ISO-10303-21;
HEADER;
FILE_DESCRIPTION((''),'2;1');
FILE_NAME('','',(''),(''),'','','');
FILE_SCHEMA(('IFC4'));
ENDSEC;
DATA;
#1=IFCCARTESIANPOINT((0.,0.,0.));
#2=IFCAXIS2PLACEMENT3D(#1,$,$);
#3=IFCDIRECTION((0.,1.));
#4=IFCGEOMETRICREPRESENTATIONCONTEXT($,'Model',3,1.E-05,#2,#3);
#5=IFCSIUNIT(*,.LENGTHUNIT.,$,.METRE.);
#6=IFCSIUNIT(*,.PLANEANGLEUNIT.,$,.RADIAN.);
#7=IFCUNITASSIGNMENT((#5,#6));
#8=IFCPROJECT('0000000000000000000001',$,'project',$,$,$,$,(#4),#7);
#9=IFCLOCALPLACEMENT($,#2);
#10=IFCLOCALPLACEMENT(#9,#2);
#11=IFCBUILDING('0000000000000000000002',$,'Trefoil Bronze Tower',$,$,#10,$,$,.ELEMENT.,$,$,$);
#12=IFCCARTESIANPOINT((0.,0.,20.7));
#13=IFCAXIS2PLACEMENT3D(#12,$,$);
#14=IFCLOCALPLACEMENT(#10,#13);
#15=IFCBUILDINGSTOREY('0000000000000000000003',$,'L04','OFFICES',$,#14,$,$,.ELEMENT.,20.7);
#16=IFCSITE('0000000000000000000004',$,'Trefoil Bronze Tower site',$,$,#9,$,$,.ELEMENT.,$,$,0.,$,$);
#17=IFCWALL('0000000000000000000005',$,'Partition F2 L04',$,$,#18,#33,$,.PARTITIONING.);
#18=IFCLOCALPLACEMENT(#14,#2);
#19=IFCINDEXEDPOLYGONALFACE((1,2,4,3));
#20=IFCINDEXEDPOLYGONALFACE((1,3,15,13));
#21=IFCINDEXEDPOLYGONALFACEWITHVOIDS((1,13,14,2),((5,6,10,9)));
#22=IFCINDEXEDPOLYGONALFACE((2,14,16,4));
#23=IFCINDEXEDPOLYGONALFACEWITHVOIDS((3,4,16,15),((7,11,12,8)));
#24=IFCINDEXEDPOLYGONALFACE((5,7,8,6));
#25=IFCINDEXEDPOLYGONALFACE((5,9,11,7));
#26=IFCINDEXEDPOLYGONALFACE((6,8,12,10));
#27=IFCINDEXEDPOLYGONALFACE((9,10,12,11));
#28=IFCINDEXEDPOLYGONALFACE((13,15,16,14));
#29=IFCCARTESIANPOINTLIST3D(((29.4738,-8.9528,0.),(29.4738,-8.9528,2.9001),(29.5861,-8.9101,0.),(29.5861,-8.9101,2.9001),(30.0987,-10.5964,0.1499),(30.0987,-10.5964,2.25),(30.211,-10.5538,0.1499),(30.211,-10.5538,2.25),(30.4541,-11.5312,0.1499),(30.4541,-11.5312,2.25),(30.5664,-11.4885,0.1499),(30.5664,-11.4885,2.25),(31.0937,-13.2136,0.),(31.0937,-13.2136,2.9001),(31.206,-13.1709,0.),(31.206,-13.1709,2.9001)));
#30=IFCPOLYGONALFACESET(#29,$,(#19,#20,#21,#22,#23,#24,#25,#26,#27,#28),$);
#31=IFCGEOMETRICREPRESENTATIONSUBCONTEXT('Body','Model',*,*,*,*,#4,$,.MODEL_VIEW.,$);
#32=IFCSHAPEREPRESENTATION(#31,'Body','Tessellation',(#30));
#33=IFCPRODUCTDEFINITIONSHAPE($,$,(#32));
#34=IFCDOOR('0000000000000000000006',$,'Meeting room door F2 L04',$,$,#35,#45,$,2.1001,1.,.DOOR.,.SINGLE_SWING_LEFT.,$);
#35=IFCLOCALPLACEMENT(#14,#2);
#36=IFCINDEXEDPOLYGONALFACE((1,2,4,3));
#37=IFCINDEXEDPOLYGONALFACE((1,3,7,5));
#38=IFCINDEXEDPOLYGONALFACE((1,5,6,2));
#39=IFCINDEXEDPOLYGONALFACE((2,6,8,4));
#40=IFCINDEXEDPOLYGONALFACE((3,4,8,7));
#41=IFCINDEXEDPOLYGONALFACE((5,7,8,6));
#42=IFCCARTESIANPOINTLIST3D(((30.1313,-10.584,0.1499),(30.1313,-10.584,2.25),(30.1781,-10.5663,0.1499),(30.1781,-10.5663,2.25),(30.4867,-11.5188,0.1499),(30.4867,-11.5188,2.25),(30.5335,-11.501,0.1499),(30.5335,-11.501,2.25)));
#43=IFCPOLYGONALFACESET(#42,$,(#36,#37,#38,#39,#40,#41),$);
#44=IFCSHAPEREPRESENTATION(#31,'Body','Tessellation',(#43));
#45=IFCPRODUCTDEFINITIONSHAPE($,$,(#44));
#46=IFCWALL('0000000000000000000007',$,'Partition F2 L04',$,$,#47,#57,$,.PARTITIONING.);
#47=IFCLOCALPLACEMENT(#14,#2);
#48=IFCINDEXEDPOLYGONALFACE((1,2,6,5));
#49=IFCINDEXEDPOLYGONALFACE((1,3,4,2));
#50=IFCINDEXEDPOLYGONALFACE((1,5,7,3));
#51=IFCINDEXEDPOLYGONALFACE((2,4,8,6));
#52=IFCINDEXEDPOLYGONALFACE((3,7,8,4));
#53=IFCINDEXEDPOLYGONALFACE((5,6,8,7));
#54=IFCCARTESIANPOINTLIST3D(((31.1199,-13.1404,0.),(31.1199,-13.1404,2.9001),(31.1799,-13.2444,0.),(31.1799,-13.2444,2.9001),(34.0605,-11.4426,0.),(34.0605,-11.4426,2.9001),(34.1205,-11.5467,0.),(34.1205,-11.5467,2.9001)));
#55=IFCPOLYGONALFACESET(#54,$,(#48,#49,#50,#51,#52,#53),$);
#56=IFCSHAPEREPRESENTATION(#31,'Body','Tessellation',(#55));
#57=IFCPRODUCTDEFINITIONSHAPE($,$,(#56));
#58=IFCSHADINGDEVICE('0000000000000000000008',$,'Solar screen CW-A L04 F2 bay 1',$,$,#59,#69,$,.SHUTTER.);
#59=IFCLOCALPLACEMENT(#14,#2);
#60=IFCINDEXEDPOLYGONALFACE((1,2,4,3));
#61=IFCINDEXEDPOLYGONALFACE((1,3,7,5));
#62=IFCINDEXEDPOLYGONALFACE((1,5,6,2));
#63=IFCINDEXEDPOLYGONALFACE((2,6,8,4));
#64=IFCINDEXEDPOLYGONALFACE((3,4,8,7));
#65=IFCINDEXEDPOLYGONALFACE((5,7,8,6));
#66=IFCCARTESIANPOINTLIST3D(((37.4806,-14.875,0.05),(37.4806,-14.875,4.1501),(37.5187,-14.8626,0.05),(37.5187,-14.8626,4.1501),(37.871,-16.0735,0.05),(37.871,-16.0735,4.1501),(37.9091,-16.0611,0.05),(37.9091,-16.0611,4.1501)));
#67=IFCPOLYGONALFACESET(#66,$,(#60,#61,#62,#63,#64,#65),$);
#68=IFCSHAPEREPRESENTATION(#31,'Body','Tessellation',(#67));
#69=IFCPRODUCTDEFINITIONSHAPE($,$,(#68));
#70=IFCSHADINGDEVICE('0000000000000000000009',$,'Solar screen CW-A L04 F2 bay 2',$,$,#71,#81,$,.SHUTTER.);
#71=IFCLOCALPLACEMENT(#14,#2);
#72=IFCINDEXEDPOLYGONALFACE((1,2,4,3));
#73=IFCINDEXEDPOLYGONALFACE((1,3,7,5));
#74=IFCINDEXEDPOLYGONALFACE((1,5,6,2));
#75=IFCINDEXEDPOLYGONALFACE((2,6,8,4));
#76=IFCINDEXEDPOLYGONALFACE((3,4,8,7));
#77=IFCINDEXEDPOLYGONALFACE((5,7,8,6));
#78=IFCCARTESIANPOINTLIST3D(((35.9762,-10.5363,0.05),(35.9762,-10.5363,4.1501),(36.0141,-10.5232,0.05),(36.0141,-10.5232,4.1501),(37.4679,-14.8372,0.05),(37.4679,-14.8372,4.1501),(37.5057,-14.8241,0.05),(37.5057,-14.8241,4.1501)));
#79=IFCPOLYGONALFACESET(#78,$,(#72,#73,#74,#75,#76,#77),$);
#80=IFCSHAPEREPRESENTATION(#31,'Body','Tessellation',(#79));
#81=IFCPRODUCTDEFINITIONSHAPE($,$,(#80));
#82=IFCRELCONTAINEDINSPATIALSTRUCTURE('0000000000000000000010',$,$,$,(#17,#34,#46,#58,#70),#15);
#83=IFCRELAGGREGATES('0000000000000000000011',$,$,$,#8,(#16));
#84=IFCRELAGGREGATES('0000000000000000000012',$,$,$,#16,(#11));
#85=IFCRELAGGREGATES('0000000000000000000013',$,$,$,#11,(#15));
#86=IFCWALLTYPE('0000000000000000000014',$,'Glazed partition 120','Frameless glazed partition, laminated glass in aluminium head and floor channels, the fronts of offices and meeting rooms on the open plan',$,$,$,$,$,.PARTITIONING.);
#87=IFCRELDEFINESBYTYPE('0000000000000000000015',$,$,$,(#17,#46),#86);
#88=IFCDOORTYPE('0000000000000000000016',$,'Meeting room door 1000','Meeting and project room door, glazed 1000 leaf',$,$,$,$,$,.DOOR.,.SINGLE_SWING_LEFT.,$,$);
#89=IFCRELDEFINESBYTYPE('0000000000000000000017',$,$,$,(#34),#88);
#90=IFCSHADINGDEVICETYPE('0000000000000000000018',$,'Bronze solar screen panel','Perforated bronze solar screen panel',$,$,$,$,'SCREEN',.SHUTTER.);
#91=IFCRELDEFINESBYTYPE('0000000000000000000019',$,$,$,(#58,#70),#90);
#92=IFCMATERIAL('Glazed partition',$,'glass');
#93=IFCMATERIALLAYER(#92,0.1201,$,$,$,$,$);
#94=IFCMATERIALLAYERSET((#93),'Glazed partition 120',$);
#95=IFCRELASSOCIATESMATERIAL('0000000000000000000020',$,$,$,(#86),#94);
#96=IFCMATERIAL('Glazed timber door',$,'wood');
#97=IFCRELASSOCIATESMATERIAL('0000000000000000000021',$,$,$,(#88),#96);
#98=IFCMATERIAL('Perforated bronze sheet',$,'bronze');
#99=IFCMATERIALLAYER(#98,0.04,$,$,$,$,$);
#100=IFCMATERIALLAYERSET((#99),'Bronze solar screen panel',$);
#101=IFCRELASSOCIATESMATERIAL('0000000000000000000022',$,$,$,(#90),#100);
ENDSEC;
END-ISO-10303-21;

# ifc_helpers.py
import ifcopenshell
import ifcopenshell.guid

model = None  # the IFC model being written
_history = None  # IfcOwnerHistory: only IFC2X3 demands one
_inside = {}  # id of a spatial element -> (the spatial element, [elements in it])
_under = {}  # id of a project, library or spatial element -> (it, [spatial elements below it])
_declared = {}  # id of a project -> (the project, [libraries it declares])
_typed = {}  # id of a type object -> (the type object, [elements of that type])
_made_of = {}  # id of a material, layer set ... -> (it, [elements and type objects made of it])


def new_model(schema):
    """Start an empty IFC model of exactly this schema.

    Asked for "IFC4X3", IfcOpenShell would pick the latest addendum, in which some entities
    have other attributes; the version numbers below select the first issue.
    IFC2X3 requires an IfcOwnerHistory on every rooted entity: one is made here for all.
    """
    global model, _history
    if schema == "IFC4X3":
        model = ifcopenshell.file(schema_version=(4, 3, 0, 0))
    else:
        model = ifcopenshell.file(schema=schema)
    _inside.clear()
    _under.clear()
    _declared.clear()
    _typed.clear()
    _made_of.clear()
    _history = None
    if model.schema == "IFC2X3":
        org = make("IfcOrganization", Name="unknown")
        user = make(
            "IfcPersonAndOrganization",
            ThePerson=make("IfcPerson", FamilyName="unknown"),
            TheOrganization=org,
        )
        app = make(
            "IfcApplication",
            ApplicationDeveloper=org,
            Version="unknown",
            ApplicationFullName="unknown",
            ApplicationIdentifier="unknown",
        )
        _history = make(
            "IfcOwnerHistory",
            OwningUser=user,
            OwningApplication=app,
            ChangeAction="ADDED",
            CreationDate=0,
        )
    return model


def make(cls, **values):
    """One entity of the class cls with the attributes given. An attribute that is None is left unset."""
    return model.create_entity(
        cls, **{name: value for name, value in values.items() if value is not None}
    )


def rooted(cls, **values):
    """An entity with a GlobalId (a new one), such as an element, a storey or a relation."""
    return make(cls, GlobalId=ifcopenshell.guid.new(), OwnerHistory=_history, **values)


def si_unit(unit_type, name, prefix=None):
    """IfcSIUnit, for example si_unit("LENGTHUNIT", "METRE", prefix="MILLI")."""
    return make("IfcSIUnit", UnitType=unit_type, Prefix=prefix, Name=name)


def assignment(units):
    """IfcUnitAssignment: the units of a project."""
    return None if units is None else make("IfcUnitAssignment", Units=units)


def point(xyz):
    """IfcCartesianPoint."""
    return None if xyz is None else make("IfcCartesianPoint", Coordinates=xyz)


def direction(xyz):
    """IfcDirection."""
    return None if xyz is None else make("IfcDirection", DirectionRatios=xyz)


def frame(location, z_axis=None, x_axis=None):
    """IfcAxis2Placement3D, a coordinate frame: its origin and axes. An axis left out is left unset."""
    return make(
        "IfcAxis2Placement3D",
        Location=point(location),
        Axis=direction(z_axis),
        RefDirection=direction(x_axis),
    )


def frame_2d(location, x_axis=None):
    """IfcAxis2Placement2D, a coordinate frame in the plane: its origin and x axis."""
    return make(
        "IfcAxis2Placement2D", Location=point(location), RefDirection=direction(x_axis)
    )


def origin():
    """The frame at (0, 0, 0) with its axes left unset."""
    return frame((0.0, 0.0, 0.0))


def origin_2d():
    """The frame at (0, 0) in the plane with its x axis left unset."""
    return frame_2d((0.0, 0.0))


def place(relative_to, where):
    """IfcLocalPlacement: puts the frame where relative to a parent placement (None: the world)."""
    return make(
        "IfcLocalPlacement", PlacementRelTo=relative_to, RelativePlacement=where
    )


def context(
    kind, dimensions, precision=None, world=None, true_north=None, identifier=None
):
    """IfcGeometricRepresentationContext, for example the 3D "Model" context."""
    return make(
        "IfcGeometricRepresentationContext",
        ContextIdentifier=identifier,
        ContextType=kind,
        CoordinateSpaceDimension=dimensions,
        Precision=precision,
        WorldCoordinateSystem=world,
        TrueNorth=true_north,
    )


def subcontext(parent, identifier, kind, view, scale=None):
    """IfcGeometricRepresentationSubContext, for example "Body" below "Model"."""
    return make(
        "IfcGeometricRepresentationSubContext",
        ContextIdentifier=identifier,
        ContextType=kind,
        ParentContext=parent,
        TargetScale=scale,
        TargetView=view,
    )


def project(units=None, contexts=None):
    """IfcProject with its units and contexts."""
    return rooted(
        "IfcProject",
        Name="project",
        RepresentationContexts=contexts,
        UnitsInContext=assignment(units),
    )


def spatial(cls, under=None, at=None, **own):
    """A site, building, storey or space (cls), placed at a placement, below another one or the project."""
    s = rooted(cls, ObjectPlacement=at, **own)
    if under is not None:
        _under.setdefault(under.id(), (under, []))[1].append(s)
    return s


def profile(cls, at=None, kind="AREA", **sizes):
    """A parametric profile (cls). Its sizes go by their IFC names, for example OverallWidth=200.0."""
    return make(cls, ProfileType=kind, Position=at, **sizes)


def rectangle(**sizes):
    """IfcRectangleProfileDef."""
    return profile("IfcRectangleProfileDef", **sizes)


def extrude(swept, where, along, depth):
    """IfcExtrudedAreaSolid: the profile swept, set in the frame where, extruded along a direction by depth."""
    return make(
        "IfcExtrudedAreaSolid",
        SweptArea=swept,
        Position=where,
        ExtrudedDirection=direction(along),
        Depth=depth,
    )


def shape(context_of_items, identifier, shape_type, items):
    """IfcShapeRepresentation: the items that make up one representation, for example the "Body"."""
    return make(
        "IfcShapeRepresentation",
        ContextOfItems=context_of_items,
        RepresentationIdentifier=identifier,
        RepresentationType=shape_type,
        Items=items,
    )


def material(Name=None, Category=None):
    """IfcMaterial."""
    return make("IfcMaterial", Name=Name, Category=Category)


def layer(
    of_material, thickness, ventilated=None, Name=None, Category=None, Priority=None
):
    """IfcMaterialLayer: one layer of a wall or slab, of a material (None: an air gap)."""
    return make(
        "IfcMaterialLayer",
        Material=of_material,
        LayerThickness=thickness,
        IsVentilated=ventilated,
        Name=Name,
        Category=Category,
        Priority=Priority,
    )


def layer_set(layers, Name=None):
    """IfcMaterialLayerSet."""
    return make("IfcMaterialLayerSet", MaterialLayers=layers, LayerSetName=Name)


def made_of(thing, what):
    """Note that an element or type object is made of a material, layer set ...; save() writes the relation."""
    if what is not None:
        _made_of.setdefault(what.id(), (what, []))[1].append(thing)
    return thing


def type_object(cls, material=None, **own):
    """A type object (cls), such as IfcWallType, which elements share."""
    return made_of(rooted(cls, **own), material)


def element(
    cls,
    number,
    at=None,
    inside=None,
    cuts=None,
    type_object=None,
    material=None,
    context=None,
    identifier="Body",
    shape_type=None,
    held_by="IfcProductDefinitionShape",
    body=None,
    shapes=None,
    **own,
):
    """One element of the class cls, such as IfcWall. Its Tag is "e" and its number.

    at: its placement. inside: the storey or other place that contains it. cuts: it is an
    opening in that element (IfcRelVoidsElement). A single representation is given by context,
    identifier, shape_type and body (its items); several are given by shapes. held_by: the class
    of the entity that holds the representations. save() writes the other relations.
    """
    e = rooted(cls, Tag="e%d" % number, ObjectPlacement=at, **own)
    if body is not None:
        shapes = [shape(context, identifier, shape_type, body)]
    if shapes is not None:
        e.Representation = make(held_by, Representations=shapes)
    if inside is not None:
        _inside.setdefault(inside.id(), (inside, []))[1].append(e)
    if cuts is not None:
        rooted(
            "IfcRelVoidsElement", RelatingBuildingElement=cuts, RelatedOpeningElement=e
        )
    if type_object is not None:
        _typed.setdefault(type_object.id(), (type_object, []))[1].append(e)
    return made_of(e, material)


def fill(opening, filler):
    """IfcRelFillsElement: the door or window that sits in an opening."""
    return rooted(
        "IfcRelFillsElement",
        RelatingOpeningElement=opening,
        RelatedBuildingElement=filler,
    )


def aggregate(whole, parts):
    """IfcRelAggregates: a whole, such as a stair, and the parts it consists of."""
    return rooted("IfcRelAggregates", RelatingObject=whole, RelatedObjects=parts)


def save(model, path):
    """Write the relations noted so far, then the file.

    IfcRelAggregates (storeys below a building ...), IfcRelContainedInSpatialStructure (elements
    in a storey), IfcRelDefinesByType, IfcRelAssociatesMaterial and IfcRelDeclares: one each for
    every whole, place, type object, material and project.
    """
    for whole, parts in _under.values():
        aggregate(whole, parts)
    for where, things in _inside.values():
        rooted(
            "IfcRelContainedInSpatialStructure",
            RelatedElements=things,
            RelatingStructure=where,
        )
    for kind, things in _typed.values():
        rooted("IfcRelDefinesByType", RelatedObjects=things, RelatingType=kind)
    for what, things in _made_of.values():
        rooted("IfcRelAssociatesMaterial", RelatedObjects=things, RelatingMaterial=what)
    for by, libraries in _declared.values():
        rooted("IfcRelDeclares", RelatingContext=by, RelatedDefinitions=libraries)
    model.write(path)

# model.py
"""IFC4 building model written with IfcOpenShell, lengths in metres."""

from ifc_helpers import new_model, si_unit, direction, frame, frame_2d, origin, origin_2d, place, context, subcontext, project, spatial, rectangle, extrude, material, layer, layer_set, type_object, element, fill, save


model = new_model("IFC4")

# Units and contexts
model_context = context("Model", 3, precision=1e-05, world=origin(), true_north=direction((0.0, 1.0)))
body_context = subcontext(model_context, "Body", "Model", "MODEL_VIEW")
ifc_project = project(units=[si_unit("LENGTHUNIT", "METRE"), si_unit("PLANEANGLEUNIT", "RADIAN")], contexts=[model_context])

# Site, building, storey
site_placement = place(None, origin())
site = spatial("IfcSite", under=ifc_project, at=site_placement, Name="Trefoil Bronze Tower site", CompositionType="ELEMENT", RefElevation=0.0)
building_placement = place(site_placement, origin())
building = spatial("IfcBuilding", under=site, at=building_placement, Name="Trefoil Bronze Tower", CompositionType="ELEMENT")
storey_placement = place(building_placement, frame((0.0, 0.0, 20.7)))
storey = spatial("IfcBuildingStorey", under=building, at=storey_placement, Name="L04", Description="OFFICES", CompositionType="ELEMENT", Elevation=20.7)

# Wall, opening, door
ifc_material_1 = material(Name="Glazed partition", Category="glass")
ifc_layer_1 = layer(ifc_material_1, 0.1201)
ifc_layer_set_1 = layer_set([ifc_layer_1], Name="Glazed partition 120")
wall_type = type_object("IfcWallType", Name="Glazed partition 120", Description="Frameless glazed partition, laminated glass in aluminium head and floor channels, the fronts of offices and meeting rooms on the open plan", PredefinedType="PARTITIONING", material=ifc_layer_set_1)
wall_1_placement = place(storey_placement, frame((31.1499, -13.1924, 0.0), z_axis=(0.0, 0.0, 1.0), x_axis=(-0.355369, 0.934726, 0.0)))
wall_1 = element("IfcWall", 1, at=wall_1_placement, inside=storey, type_object=wall_type, Name="Partition F2 L04", PredefinedType="PARTITIONING", context=body_context, shape_type="SweptSolid", body=[
    extrude(rectangle(XDim=4.5583, YDim=0.1201, at=frame_2d((2.2793, 0.0))), origin(), (0.0, 0.0, 1.0), 2.9001),
])
opening_placement = place(wall_1_placement, frame((1.8, 0.0, 0.1499)))
opening = element("IfcOpeningElement", 2, at=opening_placement, cuts=wall_1, PredefinedType="OPENING", context=body_context, shape_type="SweptSolid", body=[
    extrude(rectangle(XDim=1.0, YDim=2.1001, at=frame_2d((0.5, 1.05))), frame((0.0, 0.0701, 0.0), z_axis=(0.0, -1.0, 0.0), x_axis=(1.0, 0.0, 0.0)), (0.0, 0.0, 1.0), 0.1401),
])
ifc_material_2 = material(Name="Glazed timber door", Category="wood")
door_type = type_object("IfcDoorType", Name="Meeting room door 1000", Description="Meeting and project room door, glazed 1000 leaf", OperationType="SINGLE_SWING_LEFT", PredefinedType="DOOR", material=ifc_material_2)
door_placement = place(opening_placement, frame((1.0, 0.0, 0.0), z_axis=(0.0, 0.0, 1.0), x_axis=(-1.0, 0.0, 0.0)))
door = element("IfcDoor", 3, at=door_placement, inside=storey, type_object=door_type, Name="Meeting room door F2 L04", OperationType="SINGLE_SWING_LEFT", OverallHeight=2.1001, OverallWidth=1.0, PredefinedType="DOOR", context=body_context, shape_type="SweptSolid", body=[
    extrude(rectangle(XDim=1.0, YDim=2.1001, at=frame_2d((0.5, 1.05))), frame((0.0, 0.0249, 0.0), z_axis=(0.0, -1.0, 0.0), x_axis=(1.0, 0.0, 0.0)), (0.0, 0.0, 1.0), 0.05),
])
fill(opening, door)

# Wall
wall_2_placement = place(storey_placement, frame((31.1499, -13.1924, 0.0), z_axis=(0.0, 0.0, 1.0), x_axis=(0.866031, 0.49999, 0.0)))
element("IfcWall", 4, at=wall_2_placement, inside=storey, type_object=wall_type, Name="Partition F2 L04", PredefinedType="PARTITIONING", context=body_context, shape_type="SweptSolid", body=[
    extrude(rectangle(XDim=3.3955, YDim=0.1201, at=frame_2d((1.6978, 0.0))), origin(), (0.0, 0.0, 1.0), 2.9001),
])

# Shading devices
ifc_material_3 = material(Name="Perforated bronze sheet", Category="bronze")
ifc_layer_2 = layer(ifc_material_3, 0.04)
ifc_layer_set_2 = layer_set([ifc_layer_2], Name="Bronze solar screen panel")
shading_device_type = type_object("IfcShadingDeviceType", Name="Bronze solar screen panel", Description="Perforated bronze solar screen panel", ElementType="SCREEN", PredefinedType="SHUTTER", material=ifc_layer_set_2)
shading_device_1_placement = place(storey_placement, frame((37.6948, -15.468, 0.05), z_axis=(0.0, 0.0, 1.0), x_axis=(-0.309728, 0.950825, 0.0)))
element("IfcShadingDevice", 5, at=shading_device_1_placement, inside=storey, type_object=shading_device_type, Name="Solar screen CW-A L04 F2 bay 1", PredefinedType="SHUTTER", context=body_context, shape_type="SweptSolid", body=[
    extrude(rectangle(XDim=1.2605, YDim=0.04, at=origin_2d()), origin(), (0.0, 0.0, 1.0), 4.1001),
])
shading_device_2_placement = place(storey_placement, frame((36.741, -12.6802, 0.05), z_axis=(0.0, 0.0, 1.0), x_axis=(-0.327674, 0.944791, 0.0)))
element("IfcShadingDevice", 6, at=shading_device_2_placement, inside=storey, type_object=shading_device_type, Name="Solar screen CW-A L04 F2 bay 2", PredefinedType="SHUTTER", context=body_context, shape_type="SweptSolid", body=[
    extrude(rectangle(XDim=4.5522, YDim=0.04, at=origin_2d()), origin(), (0.0, 0.0, 1.0), 4.1001),
])

save(model, "model.ifc")
